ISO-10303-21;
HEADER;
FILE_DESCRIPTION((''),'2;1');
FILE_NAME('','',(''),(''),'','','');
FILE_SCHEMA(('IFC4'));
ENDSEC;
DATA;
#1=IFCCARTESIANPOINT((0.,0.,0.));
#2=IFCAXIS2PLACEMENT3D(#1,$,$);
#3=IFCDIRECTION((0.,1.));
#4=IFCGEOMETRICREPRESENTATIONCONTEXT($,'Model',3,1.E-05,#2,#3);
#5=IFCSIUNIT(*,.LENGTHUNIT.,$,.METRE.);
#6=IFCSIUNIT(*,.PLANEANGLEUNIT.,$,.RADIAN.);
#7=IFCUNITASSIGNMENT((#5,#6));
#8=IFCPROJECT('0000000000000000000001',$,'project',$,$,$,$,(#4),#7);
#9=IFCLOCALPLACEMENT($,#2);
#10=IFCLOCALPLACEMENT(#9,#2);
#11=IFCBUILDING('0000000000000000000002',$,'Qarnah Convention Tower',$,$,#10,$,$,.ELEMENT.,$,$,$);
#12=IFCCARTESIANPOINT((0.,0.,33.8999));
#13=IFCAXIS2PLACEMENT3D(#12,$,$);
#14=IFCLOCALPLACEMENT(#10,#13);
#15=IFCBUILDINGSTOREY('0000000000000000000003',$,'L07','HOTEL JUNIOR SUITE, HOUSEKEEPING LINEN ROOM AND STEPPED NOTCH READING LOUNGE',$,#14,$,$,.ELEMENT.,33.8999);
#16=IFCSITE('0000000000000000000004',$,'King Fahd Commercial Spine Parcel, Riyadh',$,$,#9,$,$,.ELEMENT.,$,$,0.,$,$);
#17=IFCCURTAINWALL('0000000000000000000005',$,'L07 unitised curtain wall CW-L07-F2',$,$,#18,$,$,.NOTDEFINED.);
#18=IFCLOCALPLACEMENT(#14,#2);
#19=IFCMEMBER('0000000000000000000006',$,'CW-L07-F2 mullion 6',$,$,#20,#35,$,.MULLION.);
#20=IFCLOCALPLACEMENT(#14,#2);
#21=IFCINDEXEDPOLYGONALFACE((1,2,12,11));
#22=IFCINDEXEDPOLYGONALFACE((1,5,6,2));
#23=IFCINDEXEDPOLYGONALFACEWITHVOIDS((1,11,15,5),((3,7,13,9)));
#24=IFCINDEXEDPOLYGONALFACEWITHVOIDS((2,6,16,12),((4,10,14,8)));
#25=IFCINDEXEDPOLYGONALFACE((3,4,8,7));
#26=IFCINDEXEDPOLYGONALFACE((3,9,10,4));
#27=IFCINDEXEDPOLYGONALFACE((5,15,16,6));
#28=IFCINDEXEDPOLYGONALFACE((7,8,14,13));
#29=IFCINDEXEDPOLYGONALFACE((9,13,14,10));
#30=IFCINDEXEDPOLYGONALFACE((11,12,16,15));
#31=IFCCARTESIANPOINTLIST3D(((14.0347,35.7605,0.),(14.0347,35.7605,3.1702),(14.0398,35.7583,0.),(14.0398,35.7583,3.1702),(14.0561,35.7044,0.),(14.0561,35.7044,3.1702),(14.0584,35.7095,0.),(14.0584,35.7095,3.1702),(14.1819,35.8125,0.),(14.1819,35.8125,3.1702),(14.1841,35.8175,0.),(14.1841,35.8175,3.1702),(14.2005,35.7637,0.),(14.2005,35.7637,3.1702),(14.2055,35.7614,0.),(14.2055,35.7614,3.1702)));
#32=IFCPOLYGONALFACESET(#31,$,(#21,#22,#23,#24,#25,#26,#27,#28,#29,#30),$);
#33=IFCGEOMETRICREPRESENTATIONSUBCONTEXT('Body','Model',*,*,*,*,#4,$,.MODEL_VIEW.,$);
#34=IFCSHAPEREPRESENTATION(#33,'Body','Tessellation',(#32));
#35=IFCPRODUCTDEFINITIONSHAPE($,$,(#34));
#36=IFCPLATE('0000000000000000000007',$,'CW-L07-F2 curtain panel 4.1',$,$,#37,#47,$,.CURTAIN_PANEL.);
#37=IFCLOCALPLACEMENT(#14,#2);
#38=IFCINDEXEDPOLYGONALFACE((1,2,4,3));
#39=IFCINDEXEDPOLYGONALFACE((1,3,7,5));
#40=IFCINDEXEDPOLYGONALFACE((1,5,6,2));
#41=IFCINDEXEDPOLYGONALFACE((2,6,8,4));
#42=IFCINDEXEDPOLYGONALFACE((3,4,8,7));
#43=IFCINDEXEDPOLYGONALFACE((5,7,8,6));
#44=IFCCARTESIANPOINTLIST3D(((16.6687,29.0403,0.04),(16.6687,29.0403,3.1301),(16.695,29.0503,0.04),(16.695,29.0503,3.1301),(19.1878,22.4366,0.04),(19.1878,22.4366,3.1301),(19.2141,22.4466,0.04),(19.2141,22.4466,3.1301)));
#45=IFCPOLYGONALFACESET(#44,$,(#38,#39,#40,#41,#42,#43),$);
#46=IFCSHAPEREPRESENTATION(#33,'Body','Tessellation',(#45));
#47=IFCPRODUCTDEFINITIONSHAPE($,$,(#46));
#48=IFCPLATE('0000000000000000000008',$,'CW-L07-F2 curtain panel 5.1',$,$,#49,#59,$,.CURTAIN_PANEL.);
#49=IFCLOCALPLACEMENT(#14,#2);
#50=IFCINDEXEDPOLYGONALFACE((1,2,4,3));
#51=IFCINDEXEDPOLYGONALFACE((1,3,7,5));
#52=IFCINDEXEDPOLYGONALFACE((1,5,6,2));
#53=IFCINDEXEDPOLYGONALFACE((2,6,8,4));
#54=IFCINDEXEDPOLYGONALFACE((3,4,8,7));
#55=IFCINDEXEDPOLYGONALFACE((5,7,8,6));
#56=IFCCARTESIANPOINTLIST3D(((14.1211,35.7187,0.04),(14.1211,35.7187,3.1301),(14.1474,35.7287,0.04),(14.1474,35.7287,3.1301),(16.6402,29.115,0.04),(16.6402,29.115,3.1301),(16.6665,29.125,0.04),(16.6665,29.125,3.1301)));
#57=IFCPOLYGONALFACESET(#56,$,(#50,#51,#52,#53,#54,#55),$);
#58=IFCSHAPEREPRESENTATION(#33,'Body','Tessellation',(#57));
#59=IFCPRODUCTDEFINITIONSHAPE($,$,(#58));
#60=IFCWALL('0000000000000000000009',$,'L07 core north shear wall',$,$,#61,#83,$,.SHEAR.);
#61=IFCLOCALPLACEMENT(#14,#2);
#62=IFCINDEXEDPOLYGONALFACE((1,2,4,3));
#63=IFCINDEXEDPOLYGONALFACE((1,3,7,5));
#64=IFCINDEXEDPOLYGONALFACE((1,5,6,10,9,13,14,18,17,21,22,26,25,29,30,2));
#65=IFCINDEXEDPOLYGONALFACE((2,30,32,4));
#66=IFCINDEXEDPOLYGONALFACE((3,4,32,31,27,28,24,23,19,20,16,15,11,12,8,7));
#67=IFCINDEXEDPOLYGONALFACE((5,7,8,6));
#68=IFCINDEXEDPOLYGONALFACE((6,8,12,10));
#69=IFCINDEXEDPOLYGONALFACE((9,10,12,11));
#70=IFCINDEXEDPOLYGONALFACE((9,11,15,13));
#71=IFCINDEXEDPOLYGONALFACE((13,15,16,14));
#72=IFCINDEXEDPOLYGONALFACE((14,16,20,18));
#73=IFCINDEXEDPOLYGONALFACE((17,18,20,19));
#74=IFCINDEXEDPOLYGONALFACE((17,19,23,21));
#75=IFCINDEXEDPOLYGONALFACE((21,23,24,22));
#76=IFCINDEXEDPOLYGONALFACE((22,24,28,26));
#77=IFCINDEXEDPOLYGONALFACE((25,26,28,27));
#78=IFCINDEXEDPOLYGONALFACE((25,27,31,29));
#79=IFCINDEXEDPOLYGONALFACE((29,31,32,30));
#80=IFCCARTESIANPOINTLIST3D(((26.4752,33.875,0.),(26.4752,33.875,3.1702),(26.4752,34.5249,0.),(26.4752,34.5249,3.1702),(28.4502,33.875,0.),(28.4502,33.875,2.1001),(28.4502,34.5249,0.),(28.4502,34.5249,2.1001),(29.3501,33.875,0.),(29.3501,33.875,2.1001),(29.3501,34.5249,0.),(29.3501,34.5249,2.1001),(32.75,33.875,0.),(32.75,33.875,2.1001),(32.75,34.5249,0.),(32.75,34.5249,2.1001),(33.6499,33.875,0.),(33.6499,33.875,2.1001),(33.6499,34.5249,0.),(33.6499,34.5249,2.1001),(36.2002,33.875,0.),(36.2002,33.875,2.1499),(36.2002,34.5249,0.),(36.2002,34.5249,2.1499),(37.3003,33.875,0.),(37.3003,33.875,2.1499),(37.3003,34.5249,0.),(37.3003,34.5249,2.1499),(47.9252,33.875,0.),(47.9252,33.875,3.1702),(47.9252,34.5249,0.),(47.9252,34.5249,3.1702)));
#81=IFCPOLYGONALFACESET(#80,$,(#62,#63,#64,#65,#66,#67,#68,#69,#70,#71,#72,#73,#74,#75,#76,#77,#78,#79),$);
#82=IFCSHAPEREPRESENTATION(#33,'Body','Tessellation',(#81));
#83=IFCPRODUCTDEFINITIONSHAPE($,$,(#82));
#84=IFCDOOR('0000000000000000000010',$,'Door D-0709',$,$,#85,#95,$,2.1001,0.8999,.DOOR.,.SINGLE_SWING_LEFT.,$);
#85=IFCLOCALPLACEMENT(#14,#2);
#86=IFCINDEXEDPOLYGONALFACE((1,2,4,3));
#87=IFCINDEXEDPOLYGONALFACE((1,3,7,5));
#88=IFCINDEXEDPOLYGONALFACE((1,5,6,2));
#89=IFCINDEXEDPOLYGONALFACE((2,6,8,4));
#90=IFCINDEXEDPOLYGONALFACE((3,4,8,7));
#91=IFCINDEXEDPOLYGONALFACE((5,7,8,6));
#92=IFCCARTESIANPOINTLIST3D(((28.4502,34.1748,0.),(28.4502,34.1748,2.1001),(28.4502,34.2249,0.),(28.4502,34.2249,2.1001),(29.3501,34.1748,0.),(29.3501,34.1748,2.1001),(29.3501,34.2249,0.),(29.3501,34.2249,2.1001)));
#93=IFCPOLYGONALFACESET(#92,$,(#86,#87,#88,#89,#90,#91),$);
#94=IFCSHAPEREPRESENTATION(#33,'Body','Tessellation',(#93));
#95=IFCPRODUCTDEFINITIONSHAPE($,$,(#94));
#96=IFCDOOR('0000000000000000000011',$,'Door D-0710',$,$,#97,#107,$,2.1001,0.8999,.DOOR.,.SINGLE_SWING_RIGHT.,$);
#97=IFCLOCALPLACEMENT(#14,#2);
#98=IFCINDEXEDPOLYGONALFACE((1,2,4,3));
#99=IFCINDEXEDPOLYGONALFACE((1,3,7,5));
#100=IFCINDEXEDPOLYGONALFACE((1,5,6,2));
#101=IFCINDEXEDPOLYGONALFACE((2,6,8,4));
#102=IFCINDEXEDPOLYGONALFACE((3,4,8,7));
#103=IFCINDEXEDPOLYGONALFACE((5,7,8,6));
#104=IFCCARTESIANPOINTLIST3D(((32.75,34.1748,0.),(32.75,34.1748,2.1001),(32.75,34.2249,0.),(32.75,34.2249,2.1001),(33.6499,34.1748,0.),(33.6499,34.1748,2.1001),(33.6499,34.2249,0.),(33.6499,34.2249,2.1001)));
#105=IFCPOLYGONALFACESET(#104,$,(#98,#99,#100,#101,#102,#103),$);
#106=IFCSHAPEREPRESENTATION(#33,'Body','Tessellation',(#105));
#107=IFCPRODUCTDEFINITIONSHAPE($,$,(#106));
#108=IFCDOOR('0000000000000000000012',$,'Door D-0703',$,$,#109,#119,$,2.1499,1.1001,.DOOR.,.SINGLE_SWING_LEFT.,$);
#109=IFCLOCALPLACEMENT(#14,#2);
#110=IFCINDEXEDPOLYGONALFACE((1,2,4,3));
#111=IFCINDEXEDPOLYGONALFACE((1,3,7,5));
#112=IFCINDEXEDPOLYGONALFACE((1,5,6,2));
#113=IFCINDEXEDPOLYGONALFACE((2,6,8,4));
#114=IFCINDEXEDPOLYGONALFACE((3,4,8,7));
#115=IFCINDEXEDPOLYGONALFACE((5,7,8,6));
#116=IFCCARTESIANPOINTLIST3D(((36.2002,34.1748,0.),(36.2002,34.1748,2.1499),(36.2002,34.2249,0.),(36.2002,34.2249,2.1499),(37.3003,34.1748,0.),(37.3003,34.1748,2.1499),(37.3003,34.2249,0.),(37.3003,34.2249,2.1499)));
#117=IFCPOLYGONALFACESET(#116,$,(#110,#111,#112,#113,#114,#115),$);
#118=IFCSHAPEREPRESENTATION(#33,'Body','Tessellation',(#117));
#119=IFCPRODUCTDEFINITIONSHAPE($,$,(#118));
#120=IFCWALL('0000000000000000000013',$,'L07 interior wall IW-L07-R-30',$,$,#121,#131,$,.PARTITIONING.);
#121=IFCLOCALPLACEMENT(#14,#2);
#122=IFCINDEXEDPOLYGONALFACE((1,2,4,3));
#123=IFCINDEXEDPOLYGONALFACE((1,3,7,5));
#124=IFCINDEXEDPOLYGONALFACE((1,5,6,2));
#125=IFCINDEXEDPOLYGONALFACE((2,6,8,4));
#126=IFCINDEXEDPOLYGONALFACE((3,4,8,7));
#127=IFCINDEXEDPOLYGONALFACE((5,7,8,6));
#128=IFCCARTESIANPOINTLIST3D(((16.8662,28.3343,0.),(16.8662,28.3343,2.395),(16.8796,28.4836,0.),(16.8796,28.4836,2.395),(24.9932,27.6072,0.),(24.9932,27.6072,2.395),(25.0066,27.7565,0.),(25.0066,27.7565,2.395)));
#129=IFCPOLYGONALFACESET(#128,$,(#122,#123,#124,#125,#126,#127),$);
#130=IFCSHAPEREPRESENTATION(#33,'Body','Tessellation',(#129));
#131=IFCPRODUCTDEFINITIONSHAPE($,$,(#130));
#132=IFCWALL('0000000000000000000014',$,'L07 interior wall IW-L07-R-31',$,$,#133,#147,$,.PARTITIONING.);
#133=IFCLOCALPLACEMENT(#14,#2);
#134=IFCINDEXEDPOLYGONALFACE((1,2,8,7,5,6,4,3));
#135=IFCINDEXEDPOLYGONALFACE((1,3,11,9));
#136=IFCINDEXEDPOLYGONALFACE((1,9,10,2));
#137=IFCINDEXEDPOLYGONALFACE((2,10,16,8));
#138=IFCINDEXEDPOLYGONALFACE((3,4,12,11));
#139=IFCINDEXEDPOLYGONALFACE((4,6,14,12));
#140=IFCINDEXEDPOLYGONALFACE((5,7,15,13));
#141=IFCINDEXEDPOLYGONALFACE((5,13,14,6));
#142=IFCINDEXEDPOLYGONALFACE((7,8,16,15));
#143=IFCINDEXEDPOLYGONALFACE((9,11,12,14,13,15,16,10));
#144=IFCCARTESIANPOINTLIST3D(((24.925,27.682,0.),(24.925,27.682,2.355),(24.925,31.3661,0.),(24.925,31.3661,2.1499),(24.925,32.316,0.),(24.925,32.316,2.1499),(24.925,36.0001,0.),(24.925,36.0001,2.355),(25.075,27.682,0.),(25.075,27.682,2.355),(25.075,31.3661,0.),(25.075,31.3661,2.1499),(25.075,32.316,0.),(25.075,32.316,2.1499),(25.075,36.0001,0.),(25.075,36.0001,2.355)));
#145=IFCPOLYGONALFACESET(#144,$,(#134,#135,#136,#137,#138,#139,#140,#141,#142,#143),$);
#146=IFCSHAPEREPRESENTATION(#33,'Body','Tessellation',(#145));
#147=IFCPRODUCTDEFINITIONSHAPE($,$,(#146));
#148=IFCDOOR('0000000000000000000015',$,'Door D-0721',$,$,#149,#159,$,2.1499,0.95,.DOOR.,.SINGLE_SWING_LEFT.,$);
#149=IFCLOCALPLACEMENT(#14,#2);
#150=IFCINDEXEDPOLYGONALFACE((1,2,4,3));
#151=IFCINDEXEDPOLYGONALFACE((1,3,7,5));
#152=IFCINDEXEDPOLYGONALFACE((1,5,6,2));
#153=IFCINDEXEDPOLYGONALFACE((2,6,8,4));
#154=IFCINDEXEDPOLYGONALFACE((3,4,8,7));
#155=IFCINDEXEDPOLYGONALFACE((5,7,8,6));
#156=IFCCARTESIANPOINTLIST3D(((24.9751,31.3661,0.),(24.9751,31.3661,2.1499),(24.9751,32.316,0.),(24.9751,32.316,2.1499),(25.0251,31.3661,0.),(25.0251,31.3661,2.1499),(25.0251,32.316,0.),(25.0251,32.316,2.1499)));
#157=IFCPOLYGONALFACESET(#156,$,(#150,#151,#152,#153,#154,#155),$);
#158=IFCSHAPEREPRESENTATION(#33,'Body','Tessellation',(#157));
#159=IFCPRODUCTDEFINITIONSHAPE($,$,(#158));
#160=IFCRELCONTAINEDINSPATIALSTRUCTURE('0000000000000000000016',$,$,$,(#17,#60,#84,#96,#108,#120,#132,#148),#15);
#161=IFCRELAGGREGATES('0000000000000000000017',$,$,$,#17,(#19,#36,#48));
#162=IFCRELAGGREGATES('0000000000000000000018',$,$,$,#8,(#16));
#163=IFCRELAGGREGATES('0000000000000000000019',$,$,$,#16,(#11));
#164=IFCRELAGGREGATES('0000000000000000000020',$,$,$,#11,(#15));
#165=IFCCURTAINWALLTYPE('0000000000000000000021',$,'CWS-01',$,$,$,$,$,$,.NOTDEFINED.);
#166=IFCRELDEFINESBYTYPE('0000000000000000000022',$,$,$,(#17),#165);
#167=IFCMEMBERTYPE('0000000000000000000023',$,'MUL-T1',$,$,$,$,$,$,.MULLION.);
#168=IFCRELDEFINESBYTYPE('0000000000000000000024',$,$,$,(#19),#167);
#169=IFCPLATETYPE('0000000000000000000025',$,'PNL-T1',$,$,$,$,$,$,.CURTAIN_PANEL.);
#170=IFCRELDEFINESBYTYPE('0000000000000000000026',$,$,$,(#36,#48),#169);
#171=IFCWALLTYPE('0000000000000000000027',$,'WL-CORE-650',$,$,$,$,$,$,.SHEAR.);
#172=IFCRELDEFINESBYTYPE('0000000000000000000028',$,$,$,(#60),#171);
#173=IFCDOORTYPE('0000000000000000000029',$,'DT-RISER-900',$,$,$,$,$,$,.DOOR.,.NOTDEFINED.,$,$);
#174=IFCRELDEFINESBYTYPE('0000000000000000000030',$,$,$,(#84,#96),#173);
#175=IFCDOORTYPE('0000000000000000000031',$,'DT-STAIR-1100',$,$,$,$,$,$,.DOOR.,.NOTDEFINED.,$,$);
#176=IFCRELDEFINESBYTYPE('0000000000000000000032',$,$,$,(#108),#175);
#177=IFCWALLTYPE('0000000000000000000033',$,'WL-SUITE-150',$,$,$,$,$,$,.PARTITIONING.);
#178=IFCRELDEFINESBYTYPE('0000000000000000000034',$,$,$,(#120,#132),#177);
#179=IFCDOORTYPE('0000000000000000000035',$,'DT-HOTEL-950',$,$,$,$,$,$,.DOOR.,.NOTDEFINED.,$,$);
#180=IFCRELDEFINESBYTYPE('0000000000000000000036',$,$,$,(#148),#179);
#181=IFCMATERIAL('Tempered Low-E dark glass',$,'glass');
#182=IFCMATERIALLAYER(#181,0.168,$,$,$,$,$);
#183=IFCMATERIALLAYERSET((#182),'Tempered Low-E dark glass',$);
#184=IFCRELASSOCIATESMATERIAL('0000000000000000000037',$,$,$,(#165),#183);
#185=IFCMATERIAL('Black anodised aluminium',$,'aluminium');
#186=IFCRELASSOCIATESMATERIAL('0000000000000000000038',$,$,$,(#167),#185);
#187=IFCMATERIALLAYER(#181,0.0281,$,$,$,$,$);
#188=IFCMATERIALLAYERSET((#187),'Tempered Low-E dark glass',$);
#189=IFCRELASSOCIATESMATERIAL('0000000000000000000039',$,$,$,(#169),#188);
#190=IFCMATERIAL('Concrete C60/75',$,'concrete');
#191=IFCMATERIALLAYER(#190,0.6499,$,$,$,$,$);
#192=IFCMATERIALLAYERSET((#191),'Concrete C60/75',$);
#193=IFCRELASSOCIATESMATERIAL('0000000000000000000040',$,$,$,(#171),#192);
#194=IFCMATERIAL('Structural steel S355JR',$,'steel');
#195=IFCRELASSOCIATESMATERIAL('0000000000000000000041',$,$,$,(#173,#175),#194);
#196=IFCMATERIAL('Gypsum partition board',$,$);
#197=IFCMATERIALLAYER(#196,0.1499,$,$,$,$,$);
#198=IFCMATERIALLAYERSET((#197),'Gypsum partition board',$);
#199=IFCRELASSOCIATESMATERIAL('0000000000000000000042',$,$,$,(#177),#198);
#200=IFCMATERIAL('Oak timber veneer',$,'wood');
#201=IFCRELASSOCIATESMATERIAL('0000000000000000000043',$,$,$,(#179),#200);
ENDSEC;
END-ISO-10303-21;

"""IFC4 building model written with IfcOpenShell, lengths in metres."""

from ifc_helpers import new_model, si_unit, direction, frame, frame_2d, origin, origin_2d, place, context, subcontext, project, spatial, rectangle, hollow_rectangle, extrude, material, layer, layer_set, material_profile, profile_set, type_object, element, fill, aggregate, save


model = new_model("IFC4")

# Units and contexts
model_context = context("Model", 3, precision=1e-05, world=origin(), true_north=direction((0.0, 1.0)))
body_context = subcontext(model_context, "Body", "Model", "MODEL_VIEW")
ifc_project = project(units=[si_unit("LENGTHUNIT", "METRE"), si_unit("PLANEANGLEUNIT", "RADIAN")], contexts=[model_context])

# Site, building, storey
site_placement = place(None, origin())
site = spatial("IfcSite", under=ifc_project, at=site_placement, Name="King Fahd Commercial Spine Parcel, Riyadh", CompositionType="ELEMENT", RefElevation=0.0)
building_placement = place(site_placement, origin())
building = spatial("IfcBuilding", under=site, at=building_placement, Name="Qarnah Convention Tower", CompositionType="ELEMENT")
storey_placement = place(building_placement, frame((0.0, 0.0, 33.8999)))
storey = spatial("IfcBuildingStorey", under=building, at=storey_placement, Name="L07", Description="HOTEL JUNIOR SUITE, HOUSEKEEPING LINEN ROOM AND STEPPED NOTCH READING LOUNGE", CompositionType="ELEMENT", Elevation=33.8999)

# Shared definitions
ifc_material_1 = material(Name="Concrete C60/75", Category="concrete")

# Shared definitions
ifc_material_2 = material(Name="Structural steel S355JR", Category="steel")

# Curtain wall, member, plates
ifc_material_3 = material(Name="Tempered Low-E dark glass", Category="glass")
ifc_layer_1 = layer(ifc_material_3, 0.168)
ifc_layer_set_1 = layer_set([ifc_layer_1], Name="Tempered Low-E dark glass")
curtain_wall_type = type_object("IfcCurtainWallType", Name="CWS-01", PredefinedType="NOTDEFINED", material=ifc_layer_set_1)
curtain_wall_placement = place(storey_placement, origin())
curtain_wall = element("IfcCurtainWall", 1, at=curtain_wall_placement, inside=storey, type_object=curtain_wall_type, Name="L07 unitised curtain wall CW-L07-F2", PredefinedType="NOTDEFINED")
ifc_material_4 = material(Name="Black anodised aluminium", Category="aluminium")
ifc_material_profile_1 = material_profile(ifc_material_4, hollow_rectangle(XDim=0.0601, YDim=0.1599, WallThickness=0.0039, at=origin_2d()), Name="MUL-60X160")
ifc_profile_set_1 = profile_set([ifc_material_profile_1], Name="Black anodised aluminium")
member_type = type_object("IfcMemberType", Name="MUL-T1", PredefinedType="MULLION", material=ifc_profile_set_1)
member_1_placement = place(storey_placement, frame((14.1201, 35.761, 0.0), z_axis=(0.0, 0.0, 1.0), x_axis=(-0.356416, 0.934327, 0.0)))
member_1 = element("IfcMember", 2, at=member_1_placement, type_object=member_type, Name="CW-L07-F2 mullion 6", PredefinedType="MULLION", context=body_context, shape_type="SweptSolid", body=[
    extrude(hollow_rectangle(XDim=0.0601, YDim=0.1599, WallThickness=0.0039, at=origin_2d()), origin(), (0.0, 0.0, 1.0), 3.1702),
])
ifc_layer_2 = layer(ifc_material_3, 0.0281)
ifc_layer_set_2 = layer_set([ifc_layer_2], Name="Tempered Low-E dark glass")
plate_type = type_object("IfcPlateType", Name="PNL-T1", PredefinedType="CURTAIN_PANEL", material=ifc_layer_set_2)
plate_1_placement = place(storey_placement, frame((17.9414, 25.7434, 0.04), z_axis=(0.0, 0.0, 1.0), x_axis=(-0.356416, 0.934327, 0.0)))
plate_1 = element("IfcPlate", 3, at=plate_1_placement, type_object=plate_type, Name="CW-L07-F2 curtain panel 4.1", PredefinedType="CURTAIN_PANEL", context=body_context, shape_type="SweptSolid", body=[
    extrude(rectangle(XDim=7.0679, YDim=0.0281, at=origin_2d()), origin(), (0.0, 0.0, 1.0), 3.0901),
])
plate_2_placement = place(storey_placement, frame((15.3938, 32.4219, 0.04), z_axis=(0.0, 0.0, 1.0), x_axis=(-0.356416, 0.934327, 0.0)))
plate_2 = element("IfcPlate", 4, at=plate_2_placement, type_object=plate_type, Name="CW-L07-F2 curtain panel 5.1", PredefinedType="CURTAIN_PANEL", context=body_context, shape_type="SweptSolid", body=[
    extrude(rectangle(XDim=7.0679, YDim=0.0281, at=origin_2d()), origin(), (0.0, 0.0, 1.0), 3.0901),
])
aggregate(curtain_wall, [member_1, plate_1, plate_2])

# Wall, openings, doors
ifc_layer_3 = layer(ifc_material_1, 0.6499)
ifc_layer_set_3 = layer_set([ifc_layer_3], Name="Concrete C60/75")
wall_type_1 = type_object("IfcWallType", Name="WL-CORE-650", PredefinedType="SHEAR", material=ifc_layer_set_3)
wall_1_placement = place(storey_placement, frame((26.4751, 34.2, 0.0), z_axis=(0.0, 0.0, 1.0), x_axis=(1.0, 0.0, 0.0)))
wall_1 = element("IfcWall", 5, at=wall_1_placement, inside=storey, type_object=wall_type_1, Name="L07 core north shear wall", PredefinedType="SHEAR", context=body_context, shape_type="SweptSolid", body=[
    extrude(rectangle(XDim=21.45, YDim=0.6499, at=frame_2d((10.7251, 0.0))), origin(), (0.0, 0.0, 1.0), 3.1702),
])
opening_1_placement = place(wall_1_placement, frame((9.7251, 0.0, 0.0)))
opening_1 = element("IfcOpeningElement", 6, at=opening_1_placement, cuts=wall_1, PredefinedType="OPENING", context=body_context, shape_type="SweptSolid", body=[
    extrude(rectangle(XDim=1.1001, YDim=2.1499, at=frame_2d((0.55, 1.075))), frame((0.0, 0.335, 0.0), z_axis=(0.0, -1.0, 0.0), x_axis=(1.0, 0.0, 0.0)), (0.0, 0.0, 1.0), 0.6699),
])
opening_2_placement = place(wall_1_placement, frame((1.9751, 0.0, 0.0)))
opening_2 = element("IfcOpeningElement", 7, at=opening_2_placement, cuts=wall_1, PredefinedType="OPENING", context=body_context, shape_type="SweptSolid", body=[
    extrude(rectangle(XDim=0.8999, YDim=2.1001, at=frame_2d((0.45, 1.05))), frame((0.0, 0.335, 0.0), z_axis=(0.0, -1.0, 0.0), x_axis=(1.0, 0.0, 0.0)), (0.0, 0.0, 1.0), 0.6699),
])
opening_3_placement = place(wall_1_placement, frame((6.2749, 0.0, 0.0)))
opening_3 = element("IfcOpeningElement", 8, at=opening_3_placement, cuts=wall_1, PredefinedType="OPENING", context=body_context, shape_type="SweptSolid", body=[
    extrude(rectangle(XDim=0.8999, YDim=2.1001, at=frame_2d((0.45, 1.05))), frame((0.0, 0.335, 0.0), z_axis=(0.0, -1.0, 0.0), x_axis=(1.0, 0.0, 0.0)), (0.0, 0.0, 1.0), 0.6699),
])
door_type_1 = type_object("IfcDoorType", Name="DT-RISER-900", OperationType="NOTDEFINED", PredefinedType="DOOR", material=ifc_material_2)
door_1_placement = place(opening_2_placement, origin())
door_1 = element("IfcDoor", 9, at=door_1_placement, inside=storey, type_object=door_type_1, Name="Door D-0709", OperationType="SINGLE_SWING_LEFT", OverallHeight=2.1001, OverallWidth=0.8999, PredefinedType="DOOR", context=body_context, shape_type="SweptSolid", body=[
    extrude(rectangle(XDim=0.8999, YDim=2.1001, at=frame_2d((0.45, 1.05))), frame((0.0, 0.0249, 0.0), z_axis=(0.0, -1.0, 0.0), x_axis=(1.0, 0.0, 0.0)), (0.0, 0.0, 1.0), 0.05),
])
fill(opening_2, door_1)
door_2_placement = place(opening_3_placement, origin())
door_2 = element("IfcDoor", 10, at=door_2_placement, inside=storey, type_object=door_type_1, Name="Door D-0710", OperationType="SINGLE_SWING_RIGHT", OverallHeight=2.1001, OverallWidth=0.8999, PredefinedType="DOOR", context=body_context, shape_type="SweptSolid", body=[
    extrude(rectangle(XDim=0.8999, YDim=2.1001, at=frame_2d((0.45, 1.05))), frame((0.0, 0.0249, 0.0), z_axis=(0.0, -1.0, 0.0), x_axis=(1.0, 0.0, 0.0)), (0.0, 0.0, 1.0), 0.05),
])
fill(opening_3, door_2)
door_type_2 = type_object("IfcDoorType", Name="DT-STAIR-1100", OperationType="NOTDEFINED", PredefinedType="DOOR", material=ifc_material_2)
door_3_placement = place(opening_1_placement, origin())
door_3 = element("IfcDoor", 11, at=door_3_placement, inside=storey, type_object=door_type_2, Name="Door D-0703", OperationType="SINGLE_SWING_LEFT", OverallHeight=2.1499, OverallWidth=1.1001, PredefinedType="DOOR", context=body_context, shape_type="SweptSolid", body=[
    extrude(rectangle(XDim=1.1001, YDim=2.1499, at=frame_2d((0.55, 1.075))), frame((0.0, 0.0249, 0.0), z_axis=(0.0, -1.0, 0.0), x_axis=(1.0, 0.0, 0.0)), (0.0, 0.0, 1.0), 0.05),
])
fill(opening_1, door_3)

# Wall
ifc_material_5 = material(Name="Gypsum partition board")
ifc_layer_4 = layer(ifc_material_5, 0.1499)
ifc_layer_set_4 = layer_set([ifc_layer_4], Name="Gypsum partition board")
wall_type_2 = type_object("IfcWallType", Name="WL-SUITE-150", PredefinedType="PARTITIONING", material=ifc_layer_set_4)
wall_2_placement = place(storey_placement, frame((16.873, 28.4089, 0.0), z_axis=(0.0, 0.0, 1.0), x_axis=(0.996022, -0.089106, 0.0)))
element("IfcWall", 12, at=wall_2_placement, inside=storey, type_object=wall_type_2, Name="L07 interior wall IW-L07-R-30", PredefinedType="PARTITIONING", context=body_context, shape_type="SweptSolid", body=[
    extrude(rectangle(XDim=8.1594, YDim=0.1499, at=frame_2d((4.0796, 0.0))), origin(), (0.0, 0.0, 1.0), 2.395),
])

# Wall, opening, door
wall_3_placement = place(storey_placement, frame((25.0, 27.6819, 0.0), z_axis=(0.0, 0.0, 1.0), x_axis=(0.0, 1.0, 0.0)))
wall_3 = element("IfcWall", 13, at=wall_3_placement, inside=storey, type_object=wall_type_2, Name="L07 interior wall IW-L07-R-31", PredefinedType="PARTITIONING", context=body_context, shape_type="SweptSolid", body=[
    extrude(rectangle(XDim=8.3181, YDim=0.1499, at=frame_2d((4.1592, 0.0))), origin(), (0.0, 0.0, 1.0), 2.355),
])
opening_4_placement = place(wall_3_placement, frame((3.6841, 0.0, 0.0)))
opening_4 = element("IfcOpeningElement", 14, at=opening_4_placement, cuts=wall_3, PredefinedType="OPENING", context=body_context, shape_type="SweptSolid", body=[
    extrude(rectangle(XDim=0.95, YDim=2.1499, at=frame_2d((0.4751, 1.075))), frame((0.0, 0.085, 0.0), z_axis=(0.0, -1.0, 0.0), x_axis=(1.0, 0.0, 0.0)), (0.0, 0.0, 1.0), 0.1699),
])
ifc_material_6 = material(Name="Oak timber veneer", Category="wood")
door_type_3 = type_object("IfcDoorType", Name="DT-HOTEL-950", OperationType="NOTDEFINED", PredefinedType="DOOR", material=ifc_material_6)
door_4_placement = place(opening_4_placement, origin())
door_4 = element("IfcDoor", 15, at=door_4_placement, inside=storey, type_object=door_type_3, Name="Door D-0721", OperationType="SINGLE_SWING_LEFT", OverallHeight=2.1499, OverallWidth=0.95, PredefinedType="DOOR", context=body_context, shape_type="SweptSolid", body=[
    extrude(rectangle(XDim=0.95, YDim=2.1499, at=frame_2d((0.4751, 1.075))), frame((0.0, 0.0249, 0.0), z_axis=(0.0, -1.0, 0.0), x_axis=(1.0, 0.0, 0.0)), (0.0, 0.0, 1.0), 0.05),
])
fill(opening_4, door_4)

save(model, "model.ifc")
